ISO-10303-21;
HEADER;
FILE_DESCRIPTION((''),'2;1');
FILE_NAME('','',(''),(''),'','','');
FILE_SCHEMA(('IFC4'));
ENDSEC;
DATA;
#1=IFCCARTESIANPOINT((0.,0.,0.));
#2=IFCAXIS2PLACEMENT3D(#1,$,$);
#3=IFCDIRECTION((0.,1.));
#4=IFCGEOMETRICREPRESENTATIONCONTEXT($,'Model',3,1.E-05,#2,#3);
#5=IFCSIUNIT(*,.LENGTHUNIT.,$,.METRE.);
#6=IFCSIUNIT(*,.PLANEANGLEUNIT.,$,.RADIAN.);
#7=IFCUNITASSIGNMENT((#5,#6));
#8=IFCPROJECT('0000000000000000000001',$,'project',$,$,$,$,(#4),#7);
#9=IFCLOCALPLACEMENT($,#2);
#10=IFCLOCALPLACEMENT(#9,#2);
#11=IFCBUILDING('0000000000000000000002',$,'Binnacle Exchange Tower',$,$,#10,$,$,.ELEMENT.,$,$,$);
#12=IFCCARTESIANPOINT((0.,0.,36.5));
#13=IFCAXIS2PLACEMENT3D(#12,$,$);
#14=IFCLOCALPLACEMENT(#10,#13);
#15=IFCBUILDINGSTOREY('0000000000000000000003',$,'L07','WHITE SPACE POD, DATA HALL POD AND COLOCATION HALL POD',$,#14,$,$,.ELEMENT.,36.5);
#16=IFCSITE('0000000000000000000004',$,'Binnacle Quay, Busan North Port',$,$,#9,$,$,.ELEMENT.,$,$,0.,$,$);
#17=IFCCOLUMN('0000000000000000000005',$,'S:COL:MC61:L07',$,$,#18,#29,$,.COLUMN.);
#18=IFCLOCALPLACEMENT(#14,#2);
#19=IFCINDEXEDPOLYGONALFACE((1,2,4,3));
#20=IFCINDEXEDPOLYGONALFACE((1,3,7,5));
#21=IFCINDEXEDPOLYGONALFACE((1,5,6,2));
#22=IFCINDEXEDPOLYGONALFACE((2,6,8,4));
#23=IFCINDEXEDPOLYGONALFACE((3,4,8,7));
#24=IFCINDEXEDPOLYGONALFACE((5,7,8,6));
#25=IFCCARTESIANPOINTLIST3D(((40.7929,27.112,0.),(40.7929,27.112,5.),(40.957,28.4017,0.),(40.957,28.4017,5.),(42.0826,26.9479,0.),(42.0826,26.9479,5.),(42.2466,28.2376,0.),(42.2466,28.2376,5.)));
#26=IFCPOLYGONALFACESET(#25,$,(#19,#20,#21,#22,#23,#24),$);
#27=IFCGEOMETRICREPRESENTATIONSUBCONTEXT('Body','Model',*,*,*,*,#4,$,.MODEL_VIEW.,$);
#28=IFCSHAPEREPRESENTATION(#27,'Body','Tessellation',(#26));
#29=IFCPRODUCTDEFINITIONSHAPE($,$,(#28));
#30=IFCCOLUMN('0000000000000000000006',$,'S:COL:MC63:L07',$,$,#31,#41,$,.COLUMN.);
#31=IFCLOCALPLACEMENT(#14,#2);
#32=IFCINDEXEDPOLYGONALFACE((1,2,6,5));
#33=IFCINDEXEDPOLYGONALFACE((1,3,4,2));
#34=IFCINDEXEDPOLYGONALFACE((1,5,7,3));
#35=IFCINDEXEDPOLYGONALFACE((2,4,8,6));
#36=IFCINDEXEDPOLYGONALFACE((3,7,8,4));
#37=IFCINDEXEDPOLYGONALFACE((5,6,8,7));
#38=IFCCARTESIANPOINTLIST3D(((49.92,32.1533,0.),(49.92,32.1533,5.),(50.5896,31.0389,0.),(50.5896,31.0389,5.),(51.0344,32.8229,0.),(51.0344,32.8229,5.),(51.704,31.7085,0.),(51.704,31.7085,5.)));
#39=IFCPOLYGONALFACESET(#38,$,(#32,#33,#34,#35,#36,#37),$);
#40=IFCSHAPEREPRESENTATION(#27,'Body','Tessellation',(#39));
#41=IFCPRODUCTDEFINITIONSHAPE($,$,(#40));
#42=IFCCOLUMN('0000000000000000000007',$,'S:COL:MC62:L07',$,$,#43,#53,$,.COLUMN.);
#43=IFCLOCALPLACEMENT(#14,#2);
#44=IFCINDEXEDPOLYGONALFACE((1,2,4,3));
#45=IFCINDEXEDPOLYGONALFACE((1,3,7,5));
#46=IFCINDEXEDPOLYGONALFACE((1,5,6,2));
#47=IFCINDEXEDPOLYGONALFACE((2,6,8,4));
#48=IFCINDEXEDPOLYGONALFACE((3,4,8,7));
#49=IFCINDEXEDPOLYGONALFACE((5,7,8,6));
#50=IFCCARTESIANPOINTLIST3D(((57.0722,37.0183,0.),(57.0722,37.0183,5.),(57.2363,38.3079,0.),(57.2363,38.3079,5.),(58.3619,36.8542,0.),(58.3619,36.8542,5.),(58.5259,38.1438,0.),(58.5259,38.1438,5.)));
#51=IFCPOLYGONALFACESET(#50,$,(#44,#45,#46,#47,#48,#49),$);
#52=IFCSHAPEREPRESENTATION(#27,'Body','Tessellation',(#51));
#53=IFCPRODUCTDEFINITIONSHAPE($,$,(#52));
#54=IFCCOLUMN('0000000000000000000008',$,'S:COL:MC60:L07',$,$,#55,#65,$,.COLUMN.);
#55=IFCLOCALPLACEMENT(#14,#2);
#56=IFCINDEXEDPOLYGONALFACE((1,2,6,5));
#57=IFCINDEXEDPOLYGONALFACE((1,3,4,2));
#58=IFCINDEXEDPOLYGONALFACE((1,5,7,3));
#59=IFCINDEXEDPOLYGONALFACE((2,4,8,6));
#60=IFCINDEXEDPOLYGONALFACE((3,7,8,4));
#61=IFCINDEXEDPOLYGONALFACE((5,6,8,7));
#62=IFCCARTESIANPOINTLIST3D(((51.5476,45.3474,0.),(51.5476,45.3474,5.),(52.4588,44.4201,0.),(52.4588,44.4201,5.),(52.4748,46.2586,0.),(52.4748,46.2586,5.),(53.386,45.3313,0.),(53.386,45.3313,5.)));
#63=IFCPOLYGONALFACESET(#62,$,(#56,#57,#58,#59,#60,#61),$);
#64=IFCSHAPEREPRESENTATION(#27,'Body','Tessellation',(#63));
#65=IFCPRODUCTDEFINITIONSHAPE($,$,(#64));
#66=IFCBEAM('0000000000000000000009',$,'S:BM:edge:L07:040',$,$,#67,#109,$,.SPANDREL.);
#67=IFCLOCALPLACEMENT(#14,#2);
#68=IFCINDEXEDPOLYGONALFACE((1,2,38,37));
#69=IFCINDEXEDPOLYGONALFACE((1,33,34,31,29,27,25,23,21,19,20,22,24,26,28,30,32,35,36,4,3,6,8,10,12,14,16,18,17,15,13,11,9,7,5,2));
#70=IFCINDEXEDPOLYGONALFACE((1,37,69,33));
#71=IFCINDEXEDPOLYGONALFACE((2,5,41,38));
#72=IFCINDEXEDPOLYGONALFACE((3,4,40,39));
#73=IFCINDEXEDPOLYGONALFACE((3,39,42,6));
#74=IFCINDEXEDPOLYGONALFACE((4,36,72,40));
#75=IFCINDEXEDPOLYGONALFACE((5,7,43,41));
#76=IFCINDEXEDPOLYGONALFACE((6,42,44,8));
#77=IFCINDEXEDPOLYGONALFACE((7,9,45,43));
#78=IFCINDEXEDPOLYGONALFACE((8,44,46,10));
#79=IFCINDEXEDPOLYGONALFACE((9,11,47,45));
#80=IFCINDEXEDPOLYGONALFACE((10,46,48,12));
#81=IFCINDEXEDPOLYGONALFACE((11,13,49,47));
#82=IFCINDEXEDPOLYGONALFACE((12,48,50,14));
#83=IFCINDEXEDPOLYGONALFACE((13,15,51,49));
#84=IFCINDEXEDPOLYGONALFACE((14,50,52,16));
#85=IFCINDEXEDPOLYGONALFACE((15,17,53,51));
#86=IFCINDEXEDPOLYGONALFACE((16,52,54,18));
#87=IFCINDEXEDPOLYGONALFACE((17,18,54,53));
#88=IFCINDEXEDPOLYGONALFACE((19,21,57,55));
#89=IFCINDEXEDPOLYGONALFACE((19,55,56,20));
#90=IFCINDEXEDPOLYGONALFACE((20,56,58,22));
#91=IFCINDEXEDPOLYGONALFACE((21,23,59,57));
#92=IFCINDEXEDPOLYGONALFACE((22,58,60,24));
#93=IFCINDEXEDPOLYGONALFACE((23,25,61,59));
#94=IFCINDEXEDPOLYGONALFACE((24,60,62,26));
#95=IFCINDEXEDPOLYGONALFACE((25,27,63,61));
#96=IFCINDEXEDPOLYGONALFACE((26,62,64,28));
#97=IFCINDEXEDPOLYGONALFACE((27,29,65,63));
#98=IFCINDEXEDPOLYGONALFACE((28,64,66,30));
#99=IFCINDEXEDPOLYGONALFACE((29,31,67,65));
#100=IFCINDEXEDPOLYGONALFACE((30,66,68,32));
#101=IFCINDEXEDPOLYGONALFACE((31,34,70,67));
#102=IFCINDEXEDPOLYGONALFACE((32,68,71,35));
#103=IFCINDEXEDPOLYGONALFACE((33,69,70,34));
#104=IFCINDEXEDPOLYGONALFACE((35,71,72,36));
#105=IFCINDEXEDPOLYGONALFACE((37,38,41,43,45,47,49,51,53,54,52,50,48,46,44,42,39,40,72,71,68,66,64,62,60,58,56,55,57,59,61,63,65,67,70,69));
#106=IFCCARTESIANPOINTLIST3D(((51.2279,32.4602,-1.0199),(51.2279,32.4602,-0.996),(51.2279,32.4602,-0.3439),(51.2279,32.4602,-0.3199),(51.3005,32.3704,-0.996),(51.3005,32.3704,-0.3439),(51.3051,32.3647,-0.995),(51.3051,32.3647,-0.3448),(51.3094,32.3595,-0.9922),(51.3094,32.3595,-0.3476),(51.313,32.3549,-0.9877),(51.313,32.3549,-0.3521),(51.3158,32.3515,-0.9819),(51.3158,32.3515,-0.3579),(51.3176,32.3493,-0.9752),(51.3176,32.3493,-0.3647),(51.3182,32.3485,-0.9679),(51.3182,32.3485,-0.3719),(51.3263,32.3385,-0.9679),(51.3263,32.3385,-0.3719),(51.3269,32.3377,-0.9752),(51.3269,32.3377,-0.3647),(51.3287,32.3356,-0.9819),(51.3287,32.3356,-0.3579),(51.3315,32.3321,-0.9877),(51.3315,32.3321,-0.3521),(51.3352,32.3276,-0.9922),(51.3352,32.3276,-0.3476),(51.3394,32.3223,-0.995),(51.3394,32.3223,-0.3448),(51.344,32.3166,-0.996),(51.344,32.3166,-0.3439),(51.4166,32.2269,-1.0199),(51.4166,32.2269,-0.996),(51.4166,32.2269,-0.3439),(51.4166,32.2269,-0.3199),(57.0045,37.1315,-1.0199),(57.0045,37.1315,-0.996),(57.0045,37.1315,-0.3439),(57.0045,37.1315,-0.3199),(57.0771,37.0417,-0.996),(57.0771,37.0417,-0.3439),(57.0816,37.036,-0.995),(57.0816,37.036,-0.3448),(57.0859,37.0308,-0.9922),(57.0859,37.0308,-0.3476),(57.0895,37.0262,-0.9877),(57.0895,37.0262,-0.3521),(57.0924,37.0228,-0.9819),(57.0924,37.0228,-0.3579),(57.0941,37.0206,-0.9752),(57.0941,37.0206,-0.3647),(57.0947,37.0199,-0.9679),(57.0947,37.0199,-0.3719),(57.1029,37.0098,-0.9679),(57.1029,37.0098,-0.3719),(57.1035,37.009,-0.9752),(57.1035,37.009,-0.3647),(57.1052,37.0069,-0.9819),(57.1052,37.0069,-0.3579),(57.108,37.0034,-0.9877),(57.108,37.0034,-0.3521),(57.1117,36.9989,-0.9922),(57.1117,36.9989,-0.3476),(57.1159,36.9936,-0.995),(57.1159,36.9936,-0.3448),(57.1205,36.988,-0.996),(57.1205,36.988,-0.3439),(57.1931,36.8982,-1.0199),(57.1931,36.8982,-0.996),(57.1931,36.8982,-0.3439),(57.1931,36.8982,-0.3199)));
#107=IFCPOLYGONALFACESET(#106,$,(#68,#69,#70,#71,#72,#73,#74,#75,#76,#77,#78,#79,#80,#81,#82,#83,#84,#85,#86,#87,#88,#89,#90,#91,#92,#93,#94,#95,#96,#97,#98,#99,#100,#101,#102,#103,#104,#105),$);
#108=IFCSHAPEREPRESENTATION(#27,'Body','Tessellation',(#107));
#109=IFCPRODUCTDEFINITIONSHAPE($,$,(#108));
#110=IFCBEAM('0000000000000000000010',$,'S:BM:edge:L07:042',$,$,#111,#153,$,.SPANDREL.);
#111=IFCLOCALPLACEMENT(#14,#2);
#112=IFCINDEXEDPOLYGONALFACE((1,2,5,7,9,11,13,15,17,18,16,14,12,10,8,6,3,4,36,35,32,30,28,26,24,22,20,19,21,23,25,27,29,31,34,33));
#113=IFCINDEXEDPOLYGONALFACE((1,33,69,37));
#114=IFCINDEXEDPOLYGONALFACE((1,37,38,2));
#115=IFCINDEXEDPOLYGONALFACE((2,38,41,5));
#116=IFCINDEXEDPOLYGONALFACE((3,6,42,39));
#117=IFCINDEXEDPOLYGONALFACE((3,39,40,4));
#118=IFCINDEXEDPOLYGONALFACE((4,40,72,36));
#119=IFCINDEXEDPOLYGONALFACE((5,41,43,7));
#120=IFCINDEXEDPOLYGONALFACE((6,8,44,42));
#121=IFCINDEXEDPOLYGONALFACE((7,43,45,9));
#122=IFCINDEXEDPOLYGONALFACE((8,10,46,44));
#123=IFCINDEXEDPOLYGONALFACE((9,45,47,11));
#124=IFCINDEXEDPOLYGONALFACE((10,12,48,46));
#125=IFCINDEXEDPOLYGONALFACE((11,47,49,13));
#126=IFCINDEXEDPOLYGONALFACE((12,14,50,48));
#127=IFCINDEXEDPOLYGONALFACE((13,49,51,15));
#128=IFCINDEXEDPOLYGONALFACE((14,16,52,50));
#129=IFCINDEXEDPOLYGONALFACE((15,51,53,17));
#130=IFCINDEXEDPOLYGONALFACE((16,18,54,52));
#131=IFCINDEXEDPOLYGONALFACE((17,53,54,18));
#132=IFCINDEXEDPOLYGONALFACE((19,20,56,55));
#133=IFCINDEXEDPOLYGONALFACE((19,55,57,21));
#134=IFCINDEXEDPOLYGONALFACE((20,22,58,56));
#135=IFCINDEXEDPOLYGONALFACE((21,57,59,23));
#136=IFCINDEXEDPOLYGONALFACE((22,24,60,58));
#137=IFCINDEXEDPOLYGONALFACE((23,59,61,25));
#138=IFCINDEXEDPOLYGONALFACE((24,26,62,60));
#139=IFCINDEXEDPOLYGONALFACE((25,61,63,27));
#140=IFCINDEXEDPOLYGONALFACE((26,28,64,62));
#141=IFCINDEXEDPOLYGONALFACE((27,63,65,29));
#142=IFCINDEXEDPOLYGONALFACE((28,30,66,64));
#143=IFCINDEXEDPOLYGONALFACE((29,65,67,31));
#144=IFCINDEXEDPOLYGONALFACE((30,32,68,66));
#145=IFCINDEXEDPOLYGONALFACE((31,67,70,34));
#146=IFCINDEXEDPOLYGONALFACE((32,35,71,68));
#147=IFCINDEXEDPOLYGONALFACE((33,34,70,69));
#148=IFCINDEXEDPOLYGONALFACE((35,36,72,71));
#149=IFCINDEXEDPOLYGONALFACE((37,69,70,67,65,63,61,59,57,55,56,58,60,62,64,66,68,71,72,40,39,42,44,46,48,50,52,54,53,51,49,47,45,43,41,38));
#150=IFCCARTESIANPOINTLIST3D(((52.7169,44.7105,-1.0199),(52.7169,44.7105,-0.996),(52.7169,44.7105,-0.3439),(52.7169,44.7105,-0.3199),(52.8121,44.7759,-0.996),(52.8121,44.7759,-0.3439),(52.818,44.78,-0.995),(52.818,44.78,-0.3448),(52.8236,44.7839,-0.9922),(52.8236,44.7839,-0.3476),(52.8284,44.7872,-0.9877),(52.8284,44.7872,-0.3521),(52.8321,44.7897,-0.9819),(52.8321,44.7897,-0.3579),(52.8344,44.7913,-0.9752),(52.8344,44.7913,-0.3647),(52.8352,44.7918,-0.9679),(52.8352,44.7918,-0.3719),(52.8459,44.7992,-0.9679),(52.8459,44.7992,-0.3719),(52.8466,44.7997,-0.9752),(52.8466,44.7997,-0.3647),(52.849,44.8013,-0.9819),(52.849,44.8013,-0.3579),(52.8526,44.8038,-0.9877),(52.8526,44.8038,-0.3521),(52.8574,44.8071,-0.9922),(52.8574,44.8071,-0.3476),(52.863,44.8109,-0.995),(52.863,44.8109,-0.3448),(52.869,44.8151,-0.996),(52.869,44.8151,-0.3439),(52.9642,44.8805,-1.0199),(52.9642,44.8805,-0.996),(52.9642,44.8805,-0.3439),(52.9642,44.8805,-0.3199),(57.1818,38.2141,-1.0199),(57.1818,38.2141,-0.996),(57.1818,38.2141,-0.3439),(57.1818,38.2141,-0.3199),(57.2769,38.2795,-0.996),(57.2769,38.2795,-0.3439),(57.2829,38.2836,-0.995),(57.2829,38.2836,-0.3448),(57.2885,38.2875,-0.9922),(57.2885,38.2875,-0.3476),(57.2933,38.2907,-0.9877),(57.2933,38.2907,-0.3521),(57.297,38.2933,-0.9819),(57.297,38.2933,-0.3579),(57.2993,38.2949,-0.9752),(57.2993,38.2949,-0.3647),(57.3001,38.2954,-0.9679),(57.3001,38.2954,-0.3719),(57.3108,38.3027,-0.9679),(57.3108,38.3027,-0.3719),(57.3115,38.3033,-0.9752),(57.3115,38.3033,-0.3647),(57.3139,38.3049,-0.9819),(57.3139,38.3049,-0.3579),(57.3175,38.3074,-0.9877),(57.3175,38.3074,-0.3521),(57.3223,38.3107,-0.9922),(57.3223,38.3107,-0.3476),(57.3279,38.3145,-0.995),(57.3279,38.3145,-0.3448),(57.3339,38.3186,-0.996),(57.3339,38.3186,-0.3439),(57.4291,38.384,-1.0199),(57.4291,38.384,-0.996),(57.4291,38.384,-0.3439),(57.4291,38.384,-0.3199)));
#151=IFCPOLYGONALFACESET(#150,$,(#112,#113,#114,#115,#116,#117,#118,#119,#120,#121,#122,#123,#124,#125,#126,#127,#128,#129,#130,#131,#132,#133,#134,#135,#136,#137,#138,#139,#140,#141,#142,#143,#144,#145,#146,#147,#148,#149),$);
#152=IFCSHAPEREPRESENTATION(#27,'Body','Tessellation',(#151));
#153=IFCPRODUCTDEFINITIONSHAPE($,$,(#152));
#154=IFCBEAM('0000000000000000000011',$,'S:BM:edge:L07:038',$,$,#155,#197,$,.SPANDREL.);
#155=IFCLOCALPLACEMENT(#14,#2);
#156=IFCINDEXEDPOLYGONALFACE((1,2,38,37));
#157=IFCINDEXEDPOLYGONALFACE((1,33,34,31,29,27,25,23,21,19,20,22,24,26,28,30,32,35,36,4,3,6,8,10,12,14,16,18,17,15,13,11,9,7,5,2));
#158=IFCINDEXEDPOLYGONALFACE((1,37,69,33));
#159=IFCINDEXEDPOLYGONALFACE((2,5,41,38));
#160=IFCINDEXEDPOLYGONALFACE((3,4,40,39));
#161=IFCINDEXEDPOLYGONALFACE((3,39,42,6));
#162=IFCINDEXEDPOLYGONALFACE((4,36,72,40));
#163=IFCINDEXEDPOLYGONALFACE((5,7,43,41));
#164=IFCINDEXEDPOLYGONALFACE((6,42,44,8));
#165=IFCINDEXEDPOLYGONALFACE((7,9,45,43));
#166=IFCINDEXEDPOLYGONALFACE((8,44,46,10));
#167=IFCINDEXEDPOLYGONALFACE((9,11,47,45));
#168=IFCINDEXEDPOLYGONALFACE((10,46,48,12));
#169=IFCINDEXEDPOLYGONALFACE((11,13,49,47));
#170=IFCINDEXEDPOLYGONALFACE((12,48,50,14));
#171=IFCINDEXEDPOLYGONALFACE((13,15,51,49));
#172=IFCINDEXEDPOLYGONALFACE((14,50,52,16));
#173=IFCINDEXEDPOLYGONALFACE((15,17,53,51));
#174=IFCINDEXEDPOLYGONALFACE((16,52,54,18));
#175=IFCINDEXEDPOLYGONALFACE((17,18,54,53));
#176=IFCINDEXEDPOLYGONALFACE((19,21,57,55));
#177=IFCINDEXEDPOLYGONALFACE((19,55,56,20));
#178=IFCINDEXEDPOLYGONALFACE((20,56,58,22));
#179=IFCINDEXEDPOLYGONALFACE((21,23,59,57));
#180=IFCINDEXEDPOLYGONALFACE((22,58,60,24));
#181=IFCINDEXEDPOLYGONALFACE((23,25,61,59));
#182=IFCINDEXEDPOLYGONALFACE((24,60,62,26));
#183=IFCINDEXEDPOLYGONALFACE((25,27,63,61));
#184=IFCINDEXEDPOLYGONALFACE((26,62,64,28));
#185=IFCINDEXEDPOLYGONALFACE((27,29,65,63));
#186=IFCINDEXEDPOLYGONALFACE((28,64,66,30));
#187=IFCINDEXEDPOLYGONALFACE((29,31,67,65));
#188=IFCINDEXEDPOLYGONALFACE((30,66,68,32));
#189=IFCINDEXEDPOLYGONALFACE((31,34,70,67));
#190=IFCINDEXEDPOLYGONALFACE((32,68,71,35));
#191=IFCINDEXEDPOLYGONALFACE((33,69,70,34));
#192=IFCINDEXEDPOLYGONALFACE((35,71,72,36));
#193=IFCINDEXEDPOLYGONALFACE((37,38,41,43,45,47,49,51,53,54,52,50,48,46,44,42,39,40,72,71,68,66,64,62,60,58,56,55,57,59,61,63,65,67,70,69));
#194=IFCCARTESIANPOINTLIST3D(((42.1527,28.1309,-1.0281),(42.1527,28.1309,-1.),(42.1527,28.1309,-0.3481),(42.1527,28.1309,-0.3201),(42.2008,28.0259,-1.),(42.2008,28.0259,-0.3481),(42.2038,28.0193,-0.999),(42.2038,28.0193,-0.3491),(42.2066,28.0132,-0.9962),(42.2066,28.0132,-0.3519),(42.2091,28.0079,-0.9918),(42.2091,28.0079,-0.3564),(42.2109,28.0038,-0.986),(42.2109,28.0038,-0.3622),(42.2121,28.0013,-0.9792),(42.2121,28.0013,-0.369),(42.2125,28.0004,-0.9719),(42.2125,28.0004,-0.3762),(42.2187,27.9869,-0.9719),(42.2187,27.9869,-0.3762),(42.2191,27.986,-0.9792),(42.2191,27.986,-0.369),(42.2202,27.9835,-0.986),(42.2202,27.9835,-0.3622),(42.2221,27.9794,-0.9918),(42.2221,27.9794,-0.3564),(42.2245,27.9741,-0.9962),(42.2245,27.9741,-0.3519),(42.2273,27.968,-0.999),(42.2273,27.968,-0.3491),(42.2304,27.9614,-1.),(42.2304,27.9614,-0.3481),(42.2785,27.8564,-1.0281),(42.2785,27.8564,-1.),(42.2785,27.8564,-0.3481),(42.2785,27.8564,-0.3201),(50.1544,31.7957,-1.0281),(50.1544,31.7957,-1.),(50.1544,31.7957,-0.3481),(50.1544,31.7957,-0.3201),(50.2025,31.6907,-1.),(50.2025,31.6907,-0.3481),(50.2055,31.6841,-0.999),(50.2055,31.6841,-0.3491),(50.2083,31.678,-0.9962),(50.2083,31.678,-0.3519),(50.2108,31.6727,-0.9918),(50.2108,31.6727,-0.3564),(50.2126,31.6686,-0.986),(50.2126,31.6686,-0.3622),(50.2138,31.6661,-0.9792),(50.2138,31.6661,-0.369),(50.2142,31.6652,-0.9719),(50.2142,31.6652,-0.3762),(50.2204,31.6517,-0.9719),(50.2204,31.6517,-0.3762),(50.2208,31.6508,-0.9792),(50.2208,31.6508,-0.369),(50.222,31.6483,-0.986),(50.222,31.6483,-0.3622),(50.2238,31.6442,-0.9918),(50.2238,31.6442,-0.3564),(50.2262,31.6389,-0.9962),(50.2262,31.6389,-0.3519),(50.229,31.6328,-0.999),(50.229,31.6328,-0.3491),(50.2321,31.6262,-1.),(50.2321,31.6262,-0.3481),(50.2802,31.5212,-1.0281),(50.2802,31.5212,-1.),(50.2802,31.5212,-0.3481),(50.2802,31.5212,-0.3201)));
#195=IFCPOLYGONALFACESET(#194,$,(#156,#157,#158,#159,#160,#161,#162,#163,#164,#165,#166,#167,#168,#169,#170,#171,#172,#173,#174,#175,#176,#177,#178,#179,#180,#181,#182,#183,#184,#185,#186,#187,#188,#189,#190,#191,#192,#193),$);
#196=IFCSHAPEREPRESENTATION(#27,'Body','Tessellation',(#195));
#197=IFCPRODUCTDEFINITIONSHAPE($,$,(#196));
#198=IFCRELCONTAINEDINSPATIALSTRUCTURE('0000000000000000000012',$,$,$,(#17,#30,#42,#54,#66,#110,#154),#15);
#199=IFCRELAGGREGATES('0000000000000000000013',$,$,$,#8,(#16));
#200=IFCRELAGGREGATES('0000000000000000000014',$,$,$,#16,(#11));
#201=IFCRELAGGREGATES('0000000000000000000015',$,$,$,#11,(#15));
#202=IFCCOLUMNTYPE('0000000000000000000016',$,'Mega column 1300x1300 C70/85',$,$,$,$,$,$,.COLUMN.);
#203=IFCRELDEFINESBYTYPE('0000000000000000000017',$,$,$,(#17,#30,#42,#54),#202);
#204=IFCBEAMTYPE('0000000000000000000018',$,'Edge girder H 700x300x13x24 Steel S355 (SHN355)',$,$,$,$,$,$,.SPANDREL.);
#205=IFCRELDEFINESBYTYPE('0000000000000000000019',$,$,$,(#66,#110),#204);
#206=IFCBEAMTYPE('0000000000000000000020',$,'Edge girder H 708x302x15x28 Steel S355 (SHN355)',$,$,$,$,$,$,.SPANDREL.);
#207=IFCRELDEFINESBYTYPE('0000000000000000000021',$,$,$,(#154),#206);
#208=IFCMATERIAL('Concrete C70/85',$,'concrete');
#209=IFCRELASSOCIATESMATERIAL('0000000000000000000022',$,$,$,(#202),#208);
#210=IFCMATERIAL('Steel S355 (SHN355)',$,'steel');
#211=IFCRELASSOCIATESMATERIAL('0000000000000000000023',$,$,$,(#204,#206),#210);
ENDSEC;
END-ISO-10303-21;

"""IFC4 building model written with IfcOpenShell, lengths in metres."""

from ifc_helpers import new_model, si_unit, direction, frame, origin, origin_2d, place, context, subcontext, project, spatial, rectangle, i_section, extrude, material, material_profile, profile_set, type_object, element, save


model = new_model("IFC4")

# Units and contexts
model_context = context("Model", 3, precision=1e-05, world=origin(), true_north=direction((0.0, 1.0)))
body_context = subcontext(model_context, "Body", "Model", "MODEL_VIEW")
ifc_project = project(units=[si_unit("LENGTHUNIT", "METRE"), si_unit("PLANEANGLEUNIT", "RADIAN")], contexts=[model_context])

# Site, building, storey
site_placement = place(None, origin())
site = spatial("IfcSite", under=ifc_project, at=site_placement, Name="Binnacle Quay, Busan North Port", CompositionType="ELEMENT", RefElevation=0.0)
building_placement = place(site_placement, origin())
building = spatial("IfcBuilding", under=site, at=building_placement, Name="Binnacle Exchange Tower", CompositionType="ELEMENT")
storey_placement = place(building_placement, frame((0.0, 0.0, 36.5)))
storey = spatial("IfcBuildingStorey", under=building, at=storey_placement, Name="L07", Description="WHITE SPACE POD, DATA HALL POD AND COLOCATION HALL POD", CompositionType="ELEMENT", Elevation=36.5)

# Columns
ifc_material_1 = material(Name="Concrete C70/85", Category="concrete")
ifc_material_profile_1 = material_profile(ifc_material_1, rectangle(XDim=1.3, YDim=1.3, at=origin_2d()), Name="Mega column 1300x1300 C70/85")
ifc_profile_set_1 = profile_set([ifc_material_profile_1], Name="Concrete C70/85")
column_type = type_object("IfcColumnType", Name="Mega column 1300x1300 C70/85", PredefinedType="COLUMN", material=ifc_profile_set_1)
for number, where, z_axis, x_axis, name in (
    (1, (41.5198, 27.6748, 0.0), (0.0, 0.0, 1.0), (0.992005, -0.126199, 0.0), "S:COL:MC61:L07"),
    (2, (50.812, 31.9309, 0.0), (0.0, 0.0, 1.0), (0.857167, 0.515038, 0.0), "S:COL:MC63:L07"),
    (3, (57.7991, 37.5811, 0.0), (0.0, 0.0, 1.0), (0.126199, 0.992005, 0.0), "S:COL:MC62:L07"),
    (4, (52.4668, 45.3394, 0.0), (0.0, 0.0, 1.0), (-0.700909, 0.71325, 0.0), "S:COL:MC60:L07"),
):
    element("IfcColumn", number, at=place(storey_placement, frame(where, z_axis=z_axis, x_axis=x_axis)), inside=storey, type_object=column_type, Name=name, PredefinedType="COLUMN", context=body_context, shape_type="SweptSolid", body=[
        extrude(rectangle(XDim=1.3, YDim=1.3, at=origin_2d()), origin(), (0.0, 0.0, 1.0), 5.0),
    ])

# Beams
ifc_material_2 = material(Name="Steel S355 (SHN355)", Category="steel")
ifc_material_profile_2 = material_profile(ifc_material_2, i_section(OverallWidth=0.3, OverallDepth=0.7, WebThickness=0.0129, FlangeThickness=0.0239, FilletRadius=0.0281, at=origin_2d()), Name="H 700x300x13x24")
ifc_profile_set_2 = profile_set([ifc_material_profile_2], Name="Steel S355 (SHN355)")
beam_type_1 = type_object("IfcBeamType", Name="Edge girder H 700x300x13x24 Steel S355 (SHN355)", PredefinedType="SPANDREL", material=ifc_profile_set_2)
beam_1_placement = place(storey_placement, frame((51.3223, 32.3435, -0.6699), z_axis=(0.777568, 0.628798, 0.0), x_axis=(-0.628798, 0.777568, 0.0)))
element("IfcBeam", 5, at=beam_1_placement, inside=storey, type_object=beam_type_1, Name="S:BM:edge:L07:040", PredefinedType="SPANDREL", context=body_context, shape_type="SweptSolid", body=[
    extrude(i_section(OverallWidth=0.3, OverallDepth=0.7, WebThickness=0.0129, FlangeThickness=0.0239, FilletRadius=0.0281, at=origin_2d()), origin(), (0.0, 0.0, 1.0), 7.429),
])
beam_2_placement = place(storey_placement, frame((57.3054, 38.2991, -0.6699), z_axis=(-0.566409, 0.824124, 0.0), x_axis=(-0.824124, -0.566409, 0.0)))
element("IfcBeam", 6, at=beam_2_placement, inside=storey, type_object=beam_type_1, Name="S:BM:edge:L07:042", PredefinedType="SPANDREL", context=body_context, shape_type="SweptSolid", body=[
    extrude(i_section(OverallWidth=0.3, OverallDepth=0.7, WebThickness=0.0129, FlangeThickness=0.0239, FilletRadius=0.0281, at=origin_2d()), origin(), (0.0, 0.0, 1.0), 7.8828),
])
ifc_material_profile_3 = material_profile(ifc_material_2, i_section(OverallWidth=0.302, OverallDepth=0.708, WebThickness=0.0149, FlangeThickness=0.0281, FilletRadius=0.0281, at=origin_2d()), Name="H 708x302x15x28")
ifc_profile_set_3 = profile_set([ifc_material_profile_3], Name="Steel S355 (SHN355)")
beam_type_2 = type_object("IfcBeamType", Name="Edge girder H 708x302x15x28 Steel S355 (SHN355)", PredefinedType="SPANDREL", material=ifc_profile_set_3)
beam_3_placement = place(storey_placement, frame((42.2156, 27.9937, -0.6741), z_axis=(0.909179, 0.416405, 0.0), x_axis=(-0.416405, 0.909179, 0.0)))
element("IfcBeam", 7, at=beam_3_placement, inside=storey, type_object=beam_type_2, Name="S:BM:edge:L07:038", PredefinedType="SPANDREL", context=body_context, shape_type="SweptSolid", body=[
    extrude(i_section(OverallWidth=0.302, OverallDepth=0.708, WebThickness=0.0149, FlangeThickness=0.0281, FilletRadius=0.0281, at=origin_2d()), origin(), (0.0, 0.0, 1.0), 8.801),
])

save(model, "model.ifc")
